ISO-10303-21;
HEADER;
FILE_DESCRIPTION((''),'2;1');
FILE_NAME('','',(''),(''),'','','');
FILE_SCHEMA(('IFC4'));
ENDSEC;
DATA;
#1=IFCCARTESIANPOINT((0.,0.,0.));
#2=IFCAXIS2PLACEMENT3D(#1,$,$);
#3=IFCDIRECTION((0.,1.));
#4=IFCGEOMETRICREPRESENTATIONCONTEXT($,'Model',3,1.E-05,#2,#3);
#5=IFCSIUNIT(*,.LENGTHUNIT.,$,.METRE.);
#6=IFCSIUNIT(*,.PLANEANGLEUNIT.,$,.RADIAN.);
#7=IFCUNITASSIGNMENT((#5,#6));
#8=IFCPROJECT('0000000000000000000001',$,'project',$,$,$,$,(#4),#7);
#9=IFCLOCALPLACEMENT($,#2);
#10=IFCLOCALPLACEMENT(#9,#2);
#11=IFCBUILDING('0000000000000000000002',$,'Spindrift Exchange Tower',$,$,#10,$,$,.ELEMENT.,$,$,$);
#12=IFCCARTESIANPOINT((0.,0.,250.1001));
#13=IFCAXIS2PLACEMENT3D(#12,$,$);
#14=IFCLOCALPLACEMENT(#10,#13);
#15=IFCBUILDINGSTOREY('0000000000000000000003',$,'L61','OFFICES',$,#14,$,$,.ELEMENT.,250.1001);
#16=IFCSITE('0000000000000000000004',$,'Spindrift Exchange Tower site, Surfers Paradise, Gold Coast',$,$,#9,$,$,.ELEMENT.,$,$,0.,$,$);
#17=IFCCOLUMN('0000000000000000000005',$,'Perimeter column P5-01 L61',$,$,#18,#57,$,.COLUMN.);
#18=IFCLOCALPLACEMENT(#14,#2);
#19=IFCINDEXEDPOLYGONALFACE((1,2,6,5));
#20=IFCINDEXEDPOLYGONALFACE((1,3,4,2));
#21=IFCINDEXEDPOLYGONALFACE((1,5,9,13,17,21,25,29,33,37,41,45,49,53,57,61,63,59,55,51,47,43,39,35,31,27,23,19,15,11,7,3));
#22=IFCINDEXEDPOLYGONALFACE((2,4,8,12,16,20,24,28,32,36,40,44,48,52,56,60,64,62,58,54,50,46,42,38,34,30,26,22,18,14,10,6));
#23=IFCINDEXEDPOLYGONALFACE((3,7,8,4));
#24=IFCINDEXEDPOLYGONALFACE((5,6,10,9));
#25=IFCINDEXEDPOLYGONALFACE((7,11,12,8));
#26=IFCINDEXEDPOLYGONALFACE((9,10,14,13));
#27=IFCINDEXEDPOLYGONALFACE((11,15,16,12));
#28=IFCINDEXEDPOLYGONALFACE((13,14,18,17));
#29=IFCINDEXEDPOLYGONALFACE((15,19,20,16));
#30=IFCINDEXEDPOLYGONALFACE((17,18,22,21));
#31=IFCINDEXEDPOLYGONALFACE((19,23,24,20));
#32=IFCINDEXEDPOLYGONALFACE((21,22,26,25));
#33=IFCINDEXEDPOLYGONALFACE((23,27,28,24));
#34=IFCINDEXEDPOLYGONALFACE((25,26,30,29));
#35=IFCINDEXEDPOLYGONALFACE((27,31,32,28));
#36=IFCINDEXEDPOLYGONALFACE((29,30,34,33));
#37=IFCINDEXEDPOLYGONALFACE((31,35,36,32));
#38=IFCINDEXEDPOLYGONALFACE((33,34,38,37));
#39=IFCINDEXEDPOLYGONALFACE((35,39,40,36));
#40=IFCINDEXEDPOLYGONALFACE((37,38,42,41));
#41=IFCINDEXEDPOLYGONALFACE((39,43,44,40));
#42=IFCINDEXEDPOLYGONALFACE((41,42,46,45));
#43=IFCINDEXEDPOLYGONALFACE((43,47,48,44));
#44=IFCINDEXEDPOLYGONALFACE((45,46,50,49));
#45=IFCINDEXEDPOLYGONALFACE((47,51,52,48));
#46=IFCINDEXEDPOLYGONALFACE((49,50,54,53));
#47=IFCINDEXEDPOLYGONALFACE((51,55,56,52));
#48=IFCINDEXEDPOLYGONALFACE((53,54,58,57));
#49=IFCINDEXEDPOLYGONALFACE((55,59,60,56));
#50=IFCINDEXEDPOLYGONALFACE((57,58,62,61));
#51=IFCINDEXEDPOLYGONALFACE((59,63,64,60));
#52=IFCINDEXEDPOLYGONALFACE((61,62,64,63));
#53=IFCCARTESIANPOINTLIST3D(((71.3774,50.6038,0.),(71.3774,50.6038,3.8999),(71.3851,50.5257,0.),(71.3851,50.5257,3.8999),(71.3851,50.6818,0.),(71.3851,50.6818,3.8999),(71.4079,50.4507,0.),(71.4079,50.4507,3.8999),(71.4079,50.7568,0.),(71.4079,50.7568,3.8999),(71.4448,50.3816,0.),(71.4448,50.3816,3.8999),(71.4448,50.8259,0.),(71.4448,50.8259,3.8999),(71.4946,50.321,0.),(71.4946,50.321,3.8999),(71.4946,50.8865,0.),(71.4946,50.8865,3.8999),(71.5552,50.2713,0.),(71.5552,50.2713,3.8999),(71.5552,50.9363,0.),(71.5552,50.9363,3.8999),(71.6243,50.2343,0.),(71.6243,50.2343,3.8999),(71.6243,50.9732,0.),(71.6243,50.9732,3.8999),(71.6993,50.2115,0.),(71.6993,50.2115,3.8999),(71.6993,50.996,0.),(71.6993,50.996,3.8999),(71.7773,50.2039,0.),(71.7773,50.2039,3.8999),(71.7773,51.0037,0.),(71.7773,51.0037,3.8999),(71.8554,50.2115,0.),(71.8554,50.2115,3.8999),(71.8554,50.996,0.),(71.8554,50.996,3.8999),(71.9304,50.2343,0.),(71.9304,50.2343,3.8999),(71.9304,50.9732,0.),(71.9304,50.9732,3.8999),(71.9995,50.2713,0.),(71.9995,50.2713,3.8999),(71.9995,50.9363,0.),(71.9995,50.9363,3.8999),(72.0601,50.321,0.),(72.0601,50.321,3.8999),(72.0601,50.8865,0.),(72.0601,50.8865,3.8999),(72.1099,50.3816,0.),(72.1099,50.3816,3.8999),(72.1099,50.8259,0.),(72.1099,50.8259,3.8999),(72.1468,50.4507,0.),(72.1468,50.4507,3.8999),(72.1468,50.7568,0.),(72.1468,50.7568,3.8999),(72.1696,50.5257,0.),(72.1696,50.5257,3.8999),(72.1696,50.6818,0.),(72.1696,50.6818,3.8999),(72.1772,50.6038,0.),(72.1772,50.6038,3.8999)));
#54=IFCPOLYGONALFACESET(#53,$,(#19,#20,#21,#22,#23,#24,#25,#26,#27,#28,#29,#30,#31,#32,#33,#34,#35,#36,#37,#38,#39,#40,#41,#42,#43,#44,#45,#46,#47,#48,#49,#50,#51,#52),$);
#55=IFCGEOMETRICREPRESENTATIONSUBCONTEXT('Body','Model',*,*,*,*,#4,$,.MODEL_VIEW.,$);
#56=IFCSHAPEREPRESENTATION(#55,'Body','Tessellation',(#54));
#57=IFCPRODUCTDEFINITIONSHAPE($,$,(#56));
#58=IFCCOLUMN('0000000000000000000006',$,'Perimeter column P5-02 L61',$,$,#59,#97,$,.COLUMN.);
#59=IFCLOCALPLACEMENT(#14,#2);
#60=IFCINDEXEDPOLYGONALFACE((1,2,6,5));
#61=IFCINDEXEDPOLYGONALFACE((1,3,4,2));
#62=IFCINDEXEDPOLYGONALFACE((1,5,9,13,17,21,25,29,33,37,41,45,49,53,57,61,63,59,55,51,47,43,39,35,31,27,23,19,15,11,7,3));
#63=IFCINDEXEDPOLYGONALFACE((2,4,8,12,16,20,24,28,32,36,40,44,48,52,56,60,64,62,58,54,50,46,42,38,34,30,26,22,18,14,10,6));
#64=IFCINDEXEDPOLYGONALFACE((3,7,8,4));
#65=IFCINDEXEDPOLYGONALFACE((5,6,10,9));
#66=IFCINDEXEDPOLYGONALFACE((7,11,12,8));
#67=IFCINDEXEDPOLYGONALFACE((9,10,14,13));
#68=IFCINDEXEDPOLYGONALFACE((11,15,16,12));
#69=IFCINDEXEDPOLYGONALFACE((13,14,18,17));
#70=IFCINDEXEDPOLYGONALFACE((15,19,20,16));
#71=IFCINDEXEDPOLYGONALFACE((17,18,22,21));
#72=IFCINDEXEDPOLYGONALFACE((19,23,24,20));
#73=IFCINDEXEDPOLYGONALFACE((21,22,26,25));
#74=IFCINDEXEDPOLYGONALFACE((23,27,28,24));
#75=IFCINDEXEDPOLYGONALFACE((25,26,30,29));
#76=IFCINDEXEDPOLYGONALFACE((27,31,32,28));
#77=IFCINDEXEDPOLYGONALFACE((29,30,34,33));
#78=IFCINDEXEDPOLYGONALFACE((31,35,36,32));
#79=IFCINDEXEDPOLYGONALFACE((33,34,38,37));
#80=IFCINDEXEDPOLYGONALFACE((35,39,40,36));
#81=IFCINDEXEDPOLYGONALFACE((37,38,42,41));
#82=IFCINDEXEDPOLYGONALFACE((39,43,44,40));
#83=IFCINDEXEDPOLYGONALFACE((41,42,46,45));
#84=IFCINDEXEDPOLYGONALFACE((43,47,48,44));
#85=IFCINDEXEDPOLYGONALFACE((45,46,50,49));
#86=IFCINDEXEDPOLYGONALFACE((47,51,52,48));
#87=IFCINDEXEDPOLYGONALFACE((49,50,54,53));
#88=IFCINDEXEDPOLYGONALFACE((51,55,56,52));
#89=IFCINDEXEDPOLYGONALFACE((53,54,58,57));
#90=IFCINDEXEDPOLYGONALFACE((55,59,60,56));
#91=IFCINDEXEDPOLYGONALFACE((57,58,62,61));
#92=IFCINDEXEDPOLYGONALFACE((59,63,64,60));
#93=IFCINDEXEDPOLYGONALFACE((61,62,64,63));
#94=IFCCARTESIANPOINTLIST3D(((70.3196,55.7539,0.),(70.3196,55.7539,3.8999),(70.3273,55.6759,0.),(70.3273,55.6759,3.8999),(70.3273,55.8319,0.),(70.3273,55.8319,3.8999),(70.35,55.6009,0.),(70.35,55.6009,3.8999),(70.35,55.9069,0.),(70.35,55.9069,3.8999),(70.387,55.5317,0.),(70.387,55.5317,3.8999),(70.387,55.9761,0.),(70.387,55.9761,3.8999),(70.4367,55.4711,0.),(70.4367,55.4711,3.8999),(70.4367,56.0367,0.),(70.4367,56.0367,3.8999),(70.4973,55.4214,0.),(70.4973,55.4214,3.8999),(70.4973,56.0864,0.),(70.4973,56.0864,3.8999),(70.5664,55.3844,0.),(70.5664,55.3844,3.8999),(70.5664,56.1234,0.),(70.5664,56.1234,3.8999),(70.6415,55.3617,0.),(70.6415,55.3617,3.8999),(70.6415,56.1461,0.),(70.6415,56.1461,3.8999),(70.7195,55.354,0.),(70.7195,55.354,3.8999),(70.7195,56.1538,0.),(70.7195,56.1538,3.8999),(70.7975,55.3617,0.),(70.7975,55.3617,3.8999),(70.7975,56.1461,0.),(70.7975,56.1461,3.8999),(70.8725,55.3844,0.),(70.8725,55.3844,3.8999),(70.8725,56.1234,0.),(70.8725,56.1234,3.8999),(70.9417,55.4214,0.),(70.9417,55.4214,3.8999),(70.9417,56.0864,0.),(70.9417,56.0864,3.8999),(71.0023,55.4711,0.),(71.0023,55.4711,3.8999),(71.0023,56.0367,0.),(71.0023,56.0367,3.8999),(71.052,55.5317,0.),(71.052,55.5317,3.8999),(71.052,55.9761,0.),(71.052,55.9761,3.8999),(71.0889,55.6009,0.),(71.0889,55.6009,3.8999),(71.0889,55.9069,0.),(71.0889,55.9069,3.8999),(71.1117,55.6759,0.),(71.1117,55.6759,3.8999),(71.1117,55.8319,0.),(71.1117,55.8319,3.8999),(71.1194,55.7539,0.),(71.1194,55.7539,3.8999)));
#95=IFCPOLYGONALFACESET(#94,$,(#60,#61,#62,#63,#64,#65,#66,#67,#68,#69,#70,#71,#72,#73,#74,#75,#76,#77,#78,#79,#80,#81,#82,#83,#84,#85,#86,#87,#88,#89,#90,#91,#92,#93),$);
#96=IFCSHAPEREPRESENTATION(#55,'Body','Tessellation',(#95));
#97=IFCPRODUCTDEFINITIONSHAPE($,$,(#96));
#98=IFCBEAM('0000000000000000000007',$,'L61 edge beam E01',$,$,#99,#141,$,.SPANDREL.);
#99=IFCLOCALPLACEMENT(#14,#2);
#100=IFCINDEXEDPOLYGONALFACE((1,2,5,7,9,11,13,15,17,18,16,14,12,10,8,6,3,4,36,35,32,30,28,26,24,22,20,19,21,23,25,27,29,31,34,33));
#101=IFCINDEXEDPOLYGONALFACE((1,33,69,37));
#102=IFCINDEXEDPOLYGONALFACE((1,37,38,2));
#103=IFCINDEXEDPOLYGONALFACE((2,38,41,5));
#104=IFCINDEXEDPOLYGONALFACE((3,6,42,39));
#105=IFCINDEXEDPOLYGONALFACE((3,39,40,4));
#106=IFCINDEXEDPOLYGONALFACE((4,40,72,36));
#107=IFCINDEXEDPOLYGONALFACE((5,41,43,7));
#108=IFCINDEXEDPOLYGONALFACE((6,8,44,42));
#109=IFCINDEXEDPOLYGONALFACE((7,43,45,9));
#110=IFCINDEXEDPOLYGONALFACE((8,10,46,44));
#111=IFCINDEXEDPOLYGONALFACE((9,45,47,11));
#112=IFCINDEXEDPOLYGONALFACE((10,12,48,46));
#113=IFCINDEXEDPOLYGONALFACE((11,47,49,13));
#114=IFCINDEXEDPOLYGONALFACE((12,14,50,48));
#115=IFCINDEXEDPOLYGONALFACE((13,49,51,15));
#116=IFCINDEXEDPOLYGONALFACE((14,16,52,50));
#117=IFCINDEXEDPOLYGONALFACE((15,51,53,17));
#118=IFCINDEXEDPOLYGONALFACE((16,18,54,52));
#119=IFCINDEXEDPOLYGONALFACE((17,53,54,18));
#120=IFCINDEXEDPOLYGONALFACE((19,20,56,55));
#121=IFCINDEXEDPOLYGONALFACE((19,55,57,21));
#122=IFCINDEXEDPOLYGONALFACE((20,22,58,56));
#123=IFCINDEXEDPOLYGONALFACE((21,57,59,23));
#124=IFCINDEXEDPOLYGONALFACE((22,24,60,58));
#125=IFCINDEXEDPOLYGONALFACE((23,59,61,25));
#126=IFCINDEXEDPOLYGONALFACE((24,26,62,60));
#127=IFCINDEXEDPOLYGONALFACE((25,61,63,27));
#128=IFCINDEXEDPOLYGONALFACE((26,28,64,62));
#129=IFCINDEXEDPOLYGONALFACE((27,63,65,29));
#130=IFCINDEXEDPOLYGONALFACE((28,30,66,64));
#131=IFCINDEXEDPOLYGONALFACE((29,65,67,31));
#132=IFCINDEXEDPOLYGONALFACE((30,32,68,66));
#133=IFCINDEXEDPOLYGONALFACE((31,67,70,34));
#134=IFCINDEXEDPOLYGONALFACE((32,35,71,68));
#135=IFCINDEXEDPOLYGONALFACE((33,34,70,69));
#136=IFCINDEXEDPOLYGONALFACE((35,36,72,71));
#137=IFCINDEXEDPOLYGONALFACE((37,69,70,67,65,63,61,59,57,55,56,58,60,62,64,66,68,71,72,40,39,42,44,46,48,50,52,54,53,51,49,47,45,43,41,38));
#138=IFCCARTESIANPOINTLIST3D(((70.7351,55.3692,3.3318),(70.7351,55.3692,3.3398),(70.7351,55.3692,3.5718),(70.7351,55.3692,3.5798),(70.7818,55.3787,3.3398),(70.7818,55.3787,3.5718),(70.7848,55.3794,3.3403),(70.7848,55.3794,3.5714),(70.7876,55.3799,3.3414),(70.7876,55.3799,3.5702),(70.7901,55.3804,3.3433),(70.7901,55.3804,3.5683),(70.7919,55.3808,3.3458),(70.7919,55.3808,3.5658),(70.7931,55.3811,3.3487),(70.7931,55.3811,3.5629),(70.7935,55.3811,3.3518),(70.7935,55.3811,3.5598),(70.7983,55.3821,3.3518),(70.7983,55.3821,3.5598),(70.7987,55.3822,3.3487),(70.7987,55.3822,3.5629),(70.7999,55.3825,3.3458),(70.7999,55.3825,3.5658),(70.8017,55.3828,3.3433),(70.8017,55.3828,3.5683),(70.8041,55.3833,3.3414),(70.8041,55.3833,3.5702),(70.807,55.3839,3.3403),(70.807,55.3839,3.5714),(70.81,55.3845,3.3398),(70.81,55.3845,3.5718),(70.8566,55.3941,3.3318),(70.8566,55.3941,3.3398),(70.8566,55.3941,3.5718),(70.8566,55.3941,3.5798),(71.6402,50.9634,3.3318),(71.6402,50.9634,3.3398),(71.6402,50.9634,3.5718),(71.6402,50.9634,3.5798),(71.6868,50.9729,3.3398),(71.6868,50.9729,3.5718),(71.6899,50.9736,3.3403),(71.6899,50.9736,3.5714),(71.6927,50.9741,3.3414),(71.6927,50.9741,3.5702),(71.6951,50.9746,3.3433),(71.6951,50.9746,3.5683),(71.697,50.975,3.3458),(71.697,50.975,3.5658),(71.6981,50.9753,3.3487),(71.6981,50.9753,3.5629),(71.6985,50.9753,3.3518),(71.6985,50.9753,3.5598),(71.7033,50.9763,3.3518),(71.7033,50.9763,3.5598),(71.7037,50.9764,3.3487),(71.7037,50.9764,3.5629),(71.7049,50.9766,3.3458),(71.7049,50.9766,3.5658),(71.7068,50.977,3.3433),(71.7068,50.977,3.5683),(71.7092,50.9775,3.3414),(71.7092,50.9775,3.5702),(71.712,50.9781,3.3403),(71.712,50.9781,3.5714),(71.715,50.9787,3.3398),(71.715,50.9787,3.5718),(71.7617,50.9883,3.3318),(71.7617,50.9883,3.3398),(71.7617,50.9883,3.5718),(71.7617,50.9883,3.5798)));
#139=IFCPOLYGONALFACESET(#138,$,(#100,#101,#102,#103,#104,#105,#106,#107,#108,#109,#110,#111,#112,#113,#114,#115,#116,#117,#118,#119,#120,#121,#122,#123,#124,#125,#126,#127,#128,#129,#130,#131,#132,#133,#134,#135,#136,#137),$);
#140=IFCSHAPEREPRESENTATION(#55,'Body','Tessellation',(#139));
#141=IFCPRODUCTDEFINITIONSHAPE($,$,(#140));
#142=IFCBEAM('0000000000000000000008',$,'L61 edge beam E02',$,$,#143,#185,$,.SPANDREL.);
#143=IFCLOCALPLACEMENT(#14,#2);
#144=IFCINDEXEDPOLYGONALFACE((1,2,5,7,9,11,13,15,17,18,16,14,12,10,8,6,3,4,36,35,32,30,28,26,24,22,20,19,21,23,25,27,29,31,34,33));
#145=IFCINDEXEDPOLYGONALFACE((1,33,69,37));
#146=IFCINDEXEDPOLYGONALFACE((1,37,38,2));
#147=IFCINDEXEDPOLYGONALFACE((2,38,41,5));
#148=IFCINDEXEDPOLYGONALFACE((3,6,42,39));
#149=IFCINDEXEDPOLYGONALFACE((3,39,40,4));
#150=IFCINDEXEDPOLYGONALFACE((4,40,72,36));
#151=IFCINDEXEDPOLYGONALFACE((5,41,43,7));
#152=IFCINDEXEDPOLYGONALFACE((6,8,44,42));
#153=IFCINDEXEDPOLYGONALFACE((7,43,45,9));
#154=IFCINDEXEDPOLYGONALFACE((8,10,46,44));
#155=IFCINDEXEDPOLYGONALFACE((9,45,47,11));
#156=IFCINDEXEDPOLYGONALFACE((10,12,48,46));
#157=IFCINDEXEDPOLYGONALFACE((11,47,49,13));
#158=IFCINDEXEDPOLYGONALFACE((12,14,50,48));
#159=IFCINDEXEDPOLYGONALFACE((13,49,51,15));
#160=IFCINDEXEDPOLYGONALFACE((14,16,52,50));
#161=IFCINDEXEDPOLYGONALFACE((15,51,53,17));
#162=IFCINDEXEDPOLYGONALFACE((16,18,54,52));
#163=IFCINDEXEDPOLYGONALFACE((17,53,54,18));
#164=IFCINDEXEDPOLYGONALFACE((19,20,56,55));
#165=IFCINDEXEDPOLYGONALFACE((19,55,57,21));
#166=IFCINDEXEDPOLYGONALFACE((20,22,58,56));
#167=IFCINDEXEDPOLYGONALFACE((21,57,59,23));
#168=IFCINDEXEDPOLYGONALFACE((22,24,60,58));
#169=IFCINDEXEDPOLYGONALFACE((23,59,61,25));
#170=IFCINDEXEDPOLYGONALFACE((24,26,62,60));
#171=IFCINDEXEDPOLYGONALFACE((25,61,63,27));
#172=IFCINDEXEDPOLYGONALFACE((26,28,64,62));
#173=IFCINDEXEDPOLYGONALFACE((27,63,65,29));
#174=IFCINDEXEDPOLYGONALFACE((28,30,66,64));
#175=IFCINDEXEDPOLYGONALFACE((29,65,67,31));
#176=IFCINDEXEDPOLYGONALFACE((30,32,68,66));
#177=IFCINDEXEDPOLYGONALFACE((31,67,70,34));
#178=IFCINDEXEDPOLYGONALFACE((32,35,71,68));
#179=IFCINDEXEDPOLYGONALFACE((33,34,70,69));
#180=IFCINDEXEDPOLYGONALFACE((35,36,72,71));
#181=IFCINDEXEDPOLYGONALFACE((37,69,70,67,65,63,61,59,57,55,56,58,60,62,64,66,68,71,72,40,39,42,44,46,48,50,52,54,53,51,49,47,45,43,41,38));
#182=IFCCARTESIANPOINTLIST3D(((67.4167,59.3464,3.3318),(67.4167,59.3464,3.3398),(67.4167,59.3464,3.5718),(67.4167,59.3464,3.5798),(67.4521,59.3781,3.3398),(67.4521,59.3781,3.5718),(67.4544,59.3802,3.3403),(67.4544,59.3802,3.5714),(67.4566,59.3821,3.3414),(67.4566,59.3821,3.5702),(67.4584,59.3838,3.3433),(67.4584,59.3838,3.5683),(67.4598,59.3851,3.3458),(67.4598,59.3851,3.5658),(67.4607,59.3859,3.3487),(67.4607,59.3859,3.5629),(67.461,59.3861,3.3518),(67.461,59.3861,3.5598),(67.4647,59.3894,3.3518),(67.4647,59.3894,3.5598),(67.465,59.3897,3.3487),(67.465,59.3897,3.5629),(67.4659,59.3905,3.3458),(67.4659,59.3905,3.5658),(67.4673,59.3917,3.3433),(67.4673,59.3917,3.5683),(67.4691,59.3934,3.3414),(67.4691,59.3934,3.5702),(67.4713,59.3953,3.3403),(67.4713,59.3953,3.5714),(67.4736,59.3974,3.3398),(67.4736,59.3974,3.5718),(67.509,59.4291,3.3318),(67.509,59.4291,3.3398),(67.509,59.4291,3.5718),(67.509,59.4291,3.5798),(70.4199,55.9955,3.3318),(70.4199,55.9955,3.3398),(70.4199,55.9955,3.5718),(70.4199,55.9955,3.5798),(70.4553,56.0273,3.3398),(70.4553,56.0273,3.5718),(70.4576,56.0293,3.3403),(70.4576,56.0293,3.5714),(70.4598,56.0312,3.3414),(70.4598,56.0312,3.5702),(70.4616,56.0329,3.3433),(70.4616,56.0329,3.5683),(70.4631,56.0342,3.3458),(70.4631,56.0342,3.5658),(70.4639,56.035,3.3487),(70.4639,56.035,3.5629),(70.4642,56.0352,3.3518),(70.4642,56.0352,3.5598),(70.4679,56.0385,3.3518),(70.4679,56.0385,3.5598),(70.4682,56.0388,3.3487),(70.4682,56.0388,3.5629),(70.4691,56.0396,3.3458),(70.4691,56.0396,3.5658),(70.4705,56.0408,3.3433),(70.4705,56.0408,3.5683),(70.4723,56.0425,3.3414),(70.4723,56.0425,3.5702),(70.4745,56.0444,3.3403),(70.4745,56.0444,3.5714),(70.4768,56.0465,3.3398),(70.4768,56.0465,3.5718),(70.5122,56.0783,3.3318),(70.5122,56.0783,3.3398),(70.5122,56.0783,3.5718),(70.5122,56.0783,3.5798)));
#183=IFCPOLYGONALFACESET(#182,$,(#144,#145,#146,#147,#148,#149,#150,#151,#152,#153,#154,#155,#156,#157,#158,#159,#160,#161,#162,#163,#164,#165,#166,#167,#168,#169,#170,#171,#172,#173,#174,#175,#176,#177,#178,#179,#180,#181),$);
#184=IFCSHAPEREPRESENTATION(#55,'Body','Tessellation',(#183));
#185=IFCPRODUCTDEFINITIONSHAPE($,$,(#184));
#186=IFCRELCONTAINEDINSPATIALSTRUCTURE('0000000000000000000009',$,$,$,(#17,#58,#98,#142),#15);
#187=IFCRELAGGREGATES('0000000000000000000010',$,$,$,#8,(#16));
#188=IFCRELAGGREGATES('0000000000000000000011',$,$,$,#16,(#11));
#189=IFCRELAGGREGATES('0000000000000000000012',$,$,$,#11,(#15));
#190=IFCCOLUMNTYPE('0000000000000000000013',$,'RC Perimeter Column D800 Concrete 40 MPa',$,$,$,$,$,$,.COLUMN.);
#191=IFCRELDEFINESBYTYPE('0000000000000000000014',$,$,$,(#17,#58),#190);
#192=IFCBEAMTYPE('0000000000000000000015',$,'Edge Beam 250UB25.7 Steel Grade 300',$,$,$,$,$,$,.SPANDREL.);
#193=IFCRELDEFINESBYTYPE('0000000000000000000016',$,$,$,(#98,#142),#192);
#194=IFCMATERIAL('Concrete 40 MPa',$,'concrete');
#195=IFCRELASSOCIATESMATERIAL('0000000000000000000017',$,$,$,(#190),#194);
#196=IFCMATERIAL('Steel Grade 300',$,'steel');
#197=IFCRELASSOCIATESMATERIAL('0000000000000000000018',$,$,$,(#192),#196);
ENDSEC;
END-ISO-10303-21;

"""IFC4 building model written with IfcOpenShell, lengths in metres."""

from ifc_helpers import new_model, si_unit, direction, frame, origin, origin_2d, place, context, subcontext, project, spatial, circle, i_section, extrude, source, transform, mapped, material, material_profile, profile_set, type_object, element, save


model = new_model("IFC4")

# Units and contexts
model_context = context("Model", 3, precision=1e-05, world=origin(), true_north=direction((0.0, 1.0)))
body_context = subcontext(model_context, "Body", "Model", "MODEL_VIEW")
ifc_project = project(units=[si_unit("LENGTHUNIT", "METRE"), si_unit("PLANEANGLEUNIT", "RADIAN")], contexts=[model_context])

# Site, building, storey
site_placement = place(None, origin())
site = spatial("IfcSite", under=ifc_project, at=site_placement, Name="Spindrift Exchange Tower site, Surfers Paradise, Gold Coast", CompositionType="ELEMENT", RefElevation=0.0)
building_placement = place(site_placement, origin())
building = spatial("IfcBuilding", under=site, at=building_placement, Name="Spindrift Exchange Tower", CompositionType="ELEMENT")
storey_placement = place(building_placement, frame((0.0, 0.0, 250.1001)))
storey = spatial("IfcBuildingStorey", under=building, at=storey_placement, Name="L61", Description="OFFICES", CompositionType="ELEMENT", Elevation=250.1001)

# Columns
ifc_material_1 = material(Name="Concrete 40 MPa", Category="concrete")
ifc_material_profile_1 = material_profile(ifc_material_1, circle(Radius=0.3999, at=origin_2d()), Name="RC D800")
ifc_profile_set_1 = profile_set([ifc_material_profile_1], Name="Concrete 40 MPa")
column_type = type_object("IfcColumnType", Name="RC Perimeter Column D800 Concrete 40 MPa", PredefinedType="COLUMN", material=ifc_profile_set_1)
shared_shape_1 = source(origin(), body_context, "Body", "SweptSolid", [
    extrude(circle(Radius=0.3999, at=origin_2d()), origin(), (0.0, 0.0, 1.0), 3.8999),
])
for number, where, z_axis, x_axis, name in (
    (1, (71.7773, 50.6038, 0.0), (0.0, 0.0, 1.0), (1.0, 0.0, 0.0), "Perimeter column P5-01 L61"),
    (2, (70.7195, 55.7539, 0.0), (0.0, 0.0, 1.0), (1.0, 0.0, 0.0), "Perimeter column P5-02 L61"),
):
    element("IfcColumn", number, at=place(storey_placement, frame(where, z_axis=z_axis, x_axis=x_axis)), inside=storey, type_object=column_type, Name=name, PredefinedType="COLUMN", context=body_context, shape_type="MappedRepresentation", body=[
        mapped(shared_shape_1, transform((0.0, 0.0, 0.0), scale=1.0)),
    ])

# Beams
ifc_material_2 = material(Name="Steel Grade 300", Category="steel")
ifc_material_profile_2 = material_profile(ifc_material_2, i_section(OverallWidth=0.124, OverallDepth=0.248, WebThickness=0.0049, FlangeThickness=0.0081, FilletRadius=0.012, at=origin_2d()), Name="250UB25.7")
ifc_profile_set_2 = profile_set([ifc_material_profile_2], Name="Steel Grade 300")
beam_type_1 = type_object("IfcBeamType", Name="Edge Beam 250UB25.7 Steel Grade 300", PredefinedType="SPANDREL", material=ifc_profile_set_2)
shared_shape_2 = source(origin(), body_context, "Body", "SweptSolid", [
    extrude(i_section(OverallWidth=0.124, OverallDepth=0.248, WebThickness=0.0049, FlangeThickness=0.0081, FilletRadius=0.012, at=origin_2d()), origin(), (0.0, 0.0, 1.0), 4.4978),
])
beam_1_placement = place(storey_placement, frame((71.7009, 50.9758, 3.4558), z_axis=(-0.201218, 0.979546, 0.0), x_axis=(-0.979546, -0.201218, 0.0)))
element("IfcBeam", 3, at=beam_1_placement, inside=storey, type_object=beam_type_1, Name="L61 edge beam E01", PredefinedType="SPANDREL", context=body_context, shape_type="MappedRepresentation", body=[
    mapped(shared_shape_2, transform((0.0, 0.0, 0.0), scale=1.0)),
])
shared_shape_3 = source(origin(), body_context, "Body", "SweptSolid", [
    extrude(i_section(OverallWidth=0.124, OverallDepth=0.248, WebThickness=0.0049, FlangeThickness=0.0081, FilletRadius=0.012, at=origin_2d()), origin(), (0.0, 0.0, 1.0), 4.4998),
])
beam_2_placement = place(storey_placement, frame((70.4661, 56.0369, 3.4558), z_axis=(-0.66742, 0.744682, 0.0), x_axis=(-0.744682, -0.66742, 0.0)))
element("IfcBeam", 4, at=beam_2_placement, inside=storey, type_object=beam_type_1, Name="L61 edge beam E02", PredefinedType="SPANDREL", context=body_context, shape_type="MappedRepresentation", body=[
    mapped(shared_shape_3, transform((0.0, 0.0, 0.0), scale=1.0)),
])

save(model, "model.ifc")
